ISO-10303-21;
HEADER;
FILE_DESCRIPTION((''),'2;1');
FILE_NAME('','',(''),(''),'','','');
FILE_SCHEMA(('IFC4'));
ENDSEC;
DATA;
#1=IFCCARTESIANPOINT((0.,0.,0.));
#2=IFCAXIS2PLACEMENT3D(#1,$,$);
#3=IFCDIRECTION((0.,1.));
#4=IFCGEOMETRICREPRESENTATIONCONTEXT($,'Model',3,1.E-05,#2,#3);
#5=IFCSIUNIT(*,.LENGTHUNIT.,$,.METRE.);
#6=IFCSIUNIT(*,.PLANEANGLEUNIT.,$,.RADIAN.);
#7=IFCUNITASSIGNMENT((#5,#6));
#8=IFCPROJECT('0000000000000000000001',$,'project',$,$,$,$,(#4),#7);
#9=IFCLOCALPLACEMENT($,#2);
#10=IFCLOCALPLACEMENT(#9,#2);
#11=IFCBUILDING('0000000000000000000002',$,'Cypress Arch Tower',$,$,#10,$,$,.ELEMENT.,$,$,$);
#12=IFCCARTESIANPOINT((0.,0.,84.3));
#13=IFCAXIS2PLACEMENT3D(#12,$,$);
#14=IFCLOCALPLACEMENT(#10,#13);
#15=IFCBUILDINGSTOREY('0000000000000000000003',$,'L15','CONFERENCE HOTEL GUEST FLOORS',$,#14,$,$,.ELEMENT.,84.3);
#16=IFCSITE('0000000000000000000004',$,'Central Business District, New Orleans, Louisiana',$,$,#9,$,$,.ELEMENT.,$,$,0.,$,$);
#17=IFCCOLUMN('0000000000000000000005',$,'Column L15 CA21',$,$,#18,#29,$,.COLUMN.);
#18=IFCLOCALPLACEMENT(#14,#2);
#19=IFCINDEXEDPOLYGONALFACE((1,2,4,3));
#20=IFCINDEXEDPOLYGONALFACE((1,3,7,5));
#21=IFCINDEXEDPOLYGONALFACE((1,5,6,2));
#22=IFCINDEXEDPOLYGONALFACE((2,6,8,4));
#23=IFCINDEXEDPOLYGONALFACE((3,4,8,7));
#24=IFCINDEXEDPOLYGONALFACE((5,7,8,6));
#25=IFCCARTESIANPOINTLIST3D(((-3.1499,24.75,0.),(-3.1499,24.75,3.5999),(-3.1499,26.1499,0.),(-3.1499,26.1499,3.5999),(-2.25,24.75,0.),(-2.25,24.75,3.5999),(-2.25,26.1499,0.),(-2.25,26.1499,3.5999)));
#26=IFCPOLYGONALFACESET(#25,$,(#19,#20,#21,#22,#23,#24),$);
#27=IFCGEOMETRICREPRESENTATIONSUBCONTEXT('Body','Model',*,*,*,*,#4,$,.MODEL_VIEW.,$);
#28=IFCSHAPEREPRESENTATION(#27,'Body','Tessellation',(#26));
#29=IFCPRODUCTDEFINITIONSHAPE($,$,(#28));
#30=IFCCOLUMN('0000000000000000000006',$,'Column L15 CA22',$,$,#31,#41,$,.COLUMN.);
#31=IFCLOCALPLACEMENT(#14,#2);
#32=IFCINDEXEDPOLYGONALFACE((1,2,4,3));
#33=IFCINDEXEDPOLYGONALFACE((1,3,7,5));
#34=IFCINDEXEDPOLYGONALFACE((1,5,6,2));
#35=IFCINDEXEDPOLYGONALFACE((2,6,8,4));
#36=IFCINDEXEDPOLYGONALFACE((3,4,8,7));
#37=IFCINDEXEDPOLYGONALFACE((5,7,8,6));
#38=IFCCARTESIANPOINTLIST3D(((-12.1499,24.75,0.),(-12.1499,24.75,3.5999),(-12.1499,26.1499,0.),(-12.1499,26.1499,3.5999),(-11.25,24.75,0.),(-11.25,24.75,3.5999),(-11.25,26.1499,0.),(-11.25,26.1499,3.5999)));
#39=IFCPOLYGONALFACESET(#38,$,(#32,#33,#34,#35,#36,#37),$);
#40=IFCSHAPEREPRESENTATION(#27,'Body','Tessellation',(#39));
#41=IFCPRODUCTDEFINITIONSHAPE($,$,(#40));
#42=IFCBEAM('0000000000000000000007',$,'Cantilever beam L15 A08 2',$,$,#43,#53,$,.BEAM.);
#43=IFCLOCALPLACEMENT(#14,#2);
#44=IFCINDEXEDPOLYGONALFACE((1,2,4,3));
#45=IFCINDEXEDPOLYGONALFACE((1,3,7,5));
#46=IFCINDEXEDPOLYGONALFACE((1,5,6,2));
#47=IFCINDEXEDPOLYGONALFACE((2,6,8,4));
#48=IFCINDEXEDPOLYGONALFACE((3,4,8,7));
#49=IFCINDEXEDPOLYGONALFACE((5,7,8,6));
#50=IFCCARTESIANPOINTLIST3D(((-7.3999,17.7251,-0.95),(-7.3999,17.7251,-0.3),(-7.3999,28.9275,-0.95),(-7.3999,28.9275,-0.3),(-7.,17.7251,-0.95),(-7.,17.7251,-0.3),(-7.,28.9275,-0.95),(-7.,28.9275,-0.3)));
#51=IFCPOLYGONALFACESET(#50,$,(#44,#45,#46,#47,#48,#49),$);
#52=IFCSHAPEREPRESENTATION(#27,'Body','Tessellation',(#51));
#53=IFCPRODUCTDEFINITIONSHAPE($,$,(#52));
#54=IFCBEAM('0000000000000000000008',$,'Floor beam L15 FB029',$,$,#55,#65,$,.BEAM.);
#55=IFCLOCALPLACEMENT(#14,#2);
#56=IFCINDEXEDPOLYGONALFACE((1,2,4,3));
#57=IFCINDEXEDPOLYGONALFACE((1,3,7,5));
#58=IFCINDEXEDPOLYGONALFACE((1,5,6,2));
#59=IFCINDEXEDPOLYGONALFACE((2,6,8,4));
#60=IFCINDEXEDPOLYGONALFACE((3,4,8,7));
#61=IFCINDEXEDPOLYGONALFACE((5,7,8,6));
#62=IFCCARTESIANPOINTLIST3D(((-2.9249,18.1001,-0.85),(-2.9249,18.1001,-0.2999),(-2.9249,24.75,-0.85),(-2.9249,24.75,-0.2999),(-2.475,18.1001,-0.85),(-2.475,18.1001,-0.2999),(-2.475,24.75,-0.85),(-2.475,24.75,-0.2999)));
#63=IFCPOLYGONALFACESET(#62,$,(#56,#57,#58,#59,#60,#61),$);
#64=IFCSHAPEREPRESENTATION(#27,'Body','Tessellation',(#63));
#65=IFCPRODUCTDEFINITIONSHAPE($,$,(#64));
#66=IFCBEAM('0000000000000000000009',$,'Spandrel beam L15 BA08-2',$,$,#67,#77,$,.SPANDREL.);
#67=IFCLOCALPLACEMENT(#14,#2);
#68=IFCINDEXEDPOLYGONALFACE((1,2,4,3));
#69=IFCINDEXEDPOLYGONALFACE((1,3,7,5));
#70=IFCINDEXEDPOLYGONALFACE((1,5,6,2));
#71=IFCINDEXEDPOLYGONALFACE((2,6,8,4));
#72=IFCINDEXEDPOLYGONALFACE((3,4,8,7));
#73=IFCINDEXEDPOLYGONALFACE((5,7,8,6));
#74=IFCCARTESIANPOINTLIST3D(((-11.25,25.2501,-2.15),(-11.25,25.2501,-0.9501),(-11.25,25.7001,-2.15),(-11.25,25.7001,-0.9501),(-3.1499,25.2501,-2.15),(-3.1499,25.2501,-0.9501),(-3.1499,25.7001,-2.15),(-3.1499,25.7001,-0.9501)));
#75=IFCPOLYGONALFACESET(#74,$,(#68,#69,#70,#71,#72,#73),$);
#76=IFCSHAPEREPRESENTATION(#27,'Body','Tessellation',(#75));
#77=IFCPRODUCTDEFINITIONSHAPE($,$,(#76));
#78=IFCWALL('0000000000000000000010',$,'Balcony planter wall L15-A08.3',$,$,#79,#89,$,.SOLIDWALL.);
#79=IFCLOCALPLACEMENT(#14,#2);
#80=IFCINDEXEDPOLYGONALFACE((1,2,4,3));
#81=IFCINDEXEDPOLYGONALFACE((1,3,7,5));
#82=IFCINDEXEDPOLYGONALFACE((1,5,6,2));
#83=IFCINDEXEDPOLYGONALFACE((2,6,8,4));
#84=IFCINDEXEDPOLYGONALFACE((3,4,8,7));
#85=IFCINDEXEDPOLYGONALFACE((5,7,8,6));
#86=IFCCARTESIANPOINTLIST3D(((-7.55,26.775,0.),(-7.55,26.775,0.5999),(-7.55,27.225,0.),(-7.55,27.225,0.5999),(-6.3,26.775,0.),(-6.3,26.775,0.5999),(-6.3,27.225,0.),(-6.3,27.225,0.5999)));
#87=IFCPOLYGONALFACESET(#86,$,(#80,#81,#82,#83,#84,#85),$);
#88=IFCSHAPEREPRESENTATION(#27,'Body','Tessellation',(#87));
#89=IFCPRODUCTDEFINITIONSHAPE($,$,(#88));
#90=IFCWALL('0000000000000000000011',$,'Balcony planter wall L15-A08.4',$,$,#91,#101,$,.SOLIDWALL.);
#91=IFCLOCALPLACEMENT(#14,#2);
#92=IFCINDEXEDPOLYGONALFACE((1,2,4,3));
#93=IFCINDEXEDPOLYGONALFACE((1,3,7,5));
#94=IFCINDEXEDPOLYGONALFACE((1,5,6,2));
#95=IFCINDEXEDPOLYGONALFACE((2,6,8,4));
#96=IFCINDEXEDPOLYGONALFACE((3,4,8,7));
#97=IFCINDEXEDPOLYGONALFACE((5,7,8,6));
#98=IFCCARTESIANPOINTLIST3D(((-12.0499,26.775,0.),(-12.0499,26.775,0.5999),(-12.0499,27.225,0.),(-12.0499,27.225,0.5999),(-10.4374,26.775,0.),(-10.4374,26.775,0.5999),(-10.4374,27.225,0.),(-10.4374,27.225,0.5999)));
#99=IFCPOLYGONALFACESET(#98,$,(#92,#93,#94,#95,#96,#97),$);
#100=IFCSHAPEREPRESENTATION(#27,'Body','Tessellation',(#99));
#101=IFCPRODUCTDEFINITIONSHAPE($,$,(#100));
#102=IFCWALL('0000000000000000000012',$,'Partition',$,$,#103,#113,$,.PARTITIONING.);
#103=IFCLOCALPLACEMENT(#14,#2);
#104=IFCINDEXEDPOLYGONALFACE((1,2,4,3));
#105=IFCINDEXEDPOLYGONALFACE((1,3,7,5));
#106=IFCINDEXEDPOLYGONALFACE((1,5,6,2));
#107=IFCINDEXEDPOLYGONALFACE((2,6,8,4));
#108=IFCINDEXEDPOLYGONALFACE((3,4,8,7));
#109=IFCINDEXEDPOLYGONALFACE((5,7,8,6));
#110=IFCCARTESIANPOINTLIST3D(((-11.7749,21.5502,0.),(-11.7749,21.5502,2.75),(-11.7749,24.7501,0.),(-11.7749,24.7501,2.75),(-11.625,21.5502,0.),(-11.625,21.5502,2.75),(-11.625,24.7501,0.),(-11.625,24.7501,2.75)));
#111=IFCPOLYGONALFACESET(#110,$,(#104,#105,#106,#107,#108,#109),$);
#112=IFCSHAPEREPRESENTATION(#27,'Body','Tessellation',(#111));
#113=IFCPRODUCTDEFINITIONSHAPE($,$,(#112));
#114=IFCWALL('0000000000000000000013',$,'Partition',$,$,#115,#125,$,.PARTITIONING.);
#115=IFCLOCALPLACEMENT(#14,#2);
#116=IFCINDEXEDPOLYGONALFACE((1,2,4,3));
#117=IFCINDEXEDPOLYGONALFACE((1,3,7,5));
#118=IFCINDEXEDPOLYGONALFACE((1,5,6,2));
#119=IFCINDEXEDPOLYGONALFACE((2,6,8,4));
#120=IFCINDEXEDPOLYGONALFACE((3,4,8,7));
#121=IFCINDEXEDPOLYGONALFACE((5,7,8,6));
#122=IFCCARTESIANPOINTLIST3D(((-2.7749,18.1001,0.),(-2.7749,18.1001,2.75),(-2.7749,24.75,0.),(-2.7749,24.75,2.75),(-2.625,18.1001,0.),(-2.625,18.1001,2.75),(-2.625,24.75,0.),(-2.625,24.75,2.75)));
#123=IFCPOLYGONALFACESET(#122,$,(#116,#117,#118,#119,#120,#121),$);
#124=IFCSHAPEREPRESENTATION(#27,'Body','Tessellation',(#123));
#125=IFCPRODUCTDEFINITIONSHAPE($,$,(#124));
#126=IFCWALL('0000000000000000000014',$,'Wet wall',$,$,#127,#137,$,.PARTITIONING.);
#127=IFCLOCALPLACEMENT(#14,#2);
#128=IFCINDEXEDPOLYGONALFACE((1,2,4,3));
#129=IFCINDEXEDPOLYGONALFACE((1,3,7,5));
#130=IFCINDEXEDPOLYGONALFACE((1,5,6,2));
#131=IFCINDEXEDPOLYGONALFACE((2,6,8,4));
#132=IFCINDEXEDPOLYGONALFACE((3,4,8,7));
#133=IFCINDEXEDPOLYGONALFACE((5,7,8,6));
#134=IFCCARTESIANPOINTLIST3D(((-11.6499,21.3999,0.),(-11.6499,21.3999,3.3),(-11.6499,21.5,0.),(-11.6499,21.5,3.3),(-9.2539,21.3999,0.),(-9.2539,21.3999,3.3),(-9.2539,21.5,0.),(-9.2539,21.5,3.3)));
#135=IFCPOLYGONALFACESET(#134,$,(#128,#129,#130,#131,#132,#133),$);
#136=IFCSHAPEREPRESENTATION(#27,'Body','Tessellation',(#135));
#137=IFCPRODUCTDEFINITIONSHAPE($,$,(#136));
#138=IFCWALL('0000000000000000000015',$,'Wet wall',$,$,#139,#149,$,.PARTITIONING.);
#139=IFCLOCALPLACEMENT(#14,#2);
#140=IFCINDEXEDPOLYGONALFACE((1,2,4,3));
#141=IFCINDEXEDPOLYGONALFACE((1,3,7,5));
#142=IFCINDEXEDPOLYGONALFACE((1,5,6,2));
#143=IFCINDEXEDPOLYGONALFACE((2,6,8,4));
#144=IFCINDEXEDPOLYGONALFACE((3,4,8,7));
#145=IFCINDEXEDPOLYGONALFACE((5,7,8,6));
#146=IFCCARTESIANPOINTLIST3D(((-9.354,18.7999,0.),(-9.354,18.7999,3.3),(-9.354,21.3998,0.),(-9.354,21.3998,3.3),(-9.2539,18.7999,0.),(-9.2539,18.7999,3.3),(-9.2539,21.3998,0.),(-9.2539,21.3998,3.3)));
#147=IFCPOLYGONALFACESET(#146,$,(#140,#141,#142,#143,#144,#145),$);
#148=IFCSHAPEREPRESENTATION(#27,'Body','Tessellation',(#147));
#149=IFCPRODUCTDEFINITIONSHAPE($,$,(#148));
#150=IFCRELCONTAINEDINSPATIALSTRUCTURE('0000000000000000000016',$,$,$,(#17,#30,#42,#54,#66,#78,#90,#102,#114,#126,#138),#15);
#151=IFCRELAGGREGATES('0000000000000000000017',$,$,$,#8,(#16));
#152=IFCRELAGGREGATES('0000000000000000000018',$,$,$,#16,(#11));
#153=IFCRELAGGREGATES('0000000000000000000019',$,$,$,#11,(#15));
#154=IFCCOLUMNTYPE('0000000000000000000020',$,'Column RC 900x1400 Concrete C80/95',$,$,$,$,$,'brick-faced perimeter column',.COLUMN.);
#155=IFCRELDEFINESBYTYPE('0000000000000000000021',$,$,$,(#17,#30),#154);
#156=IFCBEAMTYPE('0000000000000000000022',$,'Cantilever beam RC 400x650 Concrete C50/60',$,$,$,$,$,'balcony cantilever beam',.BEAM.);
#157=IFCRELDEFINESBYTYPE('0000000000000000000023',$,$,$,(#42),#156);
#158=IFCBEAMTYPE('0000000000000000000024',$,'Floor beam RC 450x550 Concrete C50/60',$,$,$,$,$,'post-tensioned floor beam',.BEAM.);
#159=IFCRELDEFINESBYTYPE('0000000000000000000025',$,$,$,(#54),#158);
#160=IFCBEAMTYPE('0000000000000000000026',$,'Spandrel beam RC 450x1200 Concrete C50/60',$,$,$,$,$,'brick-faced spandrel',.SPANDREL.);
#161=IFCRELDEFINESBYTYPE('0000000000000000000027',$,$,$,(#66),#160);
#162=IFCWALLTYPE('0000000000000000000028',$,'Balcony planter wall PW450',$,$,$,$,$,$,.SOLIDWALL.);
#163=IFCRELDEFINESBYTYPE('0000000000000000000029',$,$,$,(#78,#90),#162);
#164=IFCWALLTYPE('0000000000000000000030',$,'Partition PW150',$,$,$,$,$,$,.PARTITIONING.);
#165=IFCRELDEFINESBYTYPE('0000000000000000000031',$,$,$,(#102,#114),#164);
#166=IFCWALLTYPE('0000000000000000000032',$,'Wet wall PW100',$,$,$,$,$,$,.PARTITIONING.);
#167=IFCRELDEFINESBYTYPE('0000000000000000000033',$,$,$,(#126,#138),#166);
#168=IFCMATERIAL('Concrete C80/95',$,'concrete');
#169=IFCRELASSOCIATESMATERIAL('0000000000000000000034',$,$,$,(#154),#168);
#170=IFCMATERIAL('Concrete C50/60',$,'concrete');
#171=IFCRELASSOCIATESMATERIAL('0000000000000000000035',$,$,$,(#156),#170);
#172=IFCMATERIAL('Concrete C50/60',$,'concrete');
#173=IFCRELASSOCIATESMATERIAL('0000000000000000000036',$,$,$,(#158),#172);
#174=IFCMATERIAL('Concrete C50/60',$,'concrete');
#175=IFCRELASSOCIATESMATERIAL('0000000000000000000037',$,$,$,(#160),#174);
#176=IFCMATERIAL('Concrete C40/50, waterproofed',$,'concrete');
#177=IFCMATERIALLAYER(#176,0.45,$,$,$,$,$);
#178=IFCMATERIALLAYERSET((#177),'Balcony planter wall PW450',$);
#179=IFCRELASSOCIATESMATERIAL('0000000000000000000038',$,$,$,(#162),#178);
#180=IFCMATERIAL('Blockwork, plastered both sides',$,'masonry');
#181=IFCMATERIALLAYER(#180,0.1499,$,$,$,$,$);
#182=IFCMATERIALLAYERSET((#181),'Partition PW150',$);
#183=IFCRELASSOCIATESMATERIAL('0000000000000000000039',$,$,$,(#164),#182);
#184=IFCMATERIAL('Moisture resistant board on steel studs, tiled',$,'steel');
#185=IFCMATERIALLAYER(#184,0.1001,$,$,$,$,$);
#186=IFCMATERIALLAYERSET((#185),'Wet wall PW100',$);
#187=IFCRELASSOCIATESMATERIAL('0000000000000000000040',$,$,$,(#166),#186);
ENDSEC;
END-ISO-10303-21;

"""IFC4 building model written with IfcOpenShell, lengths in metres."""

from ifc_helpers import new_model, si_unit, direction, frame, frame_2d, origin, origin_2d, place, context, subcontext, project, spatial, rectangle, extrude, material, layer, layer_set, material_profile, profile_set, type_object, element, save


model = new_model("IFC4")

# Units and contexts
model_context = context("Model", 3, precision=1e-05, world=origin(), true_north=direction((0.0, 1.0)))
body_context = subcontext(model_context, "Body", "Model", "MODEL_VIEW")
ifc_project = project(units=[si_unit("LENGTHUNIT", "METRE"), si_unit("PLANEANGLEUNIT", "RADIAN")], contexts=[model_context])

# Site, building, storey
site_placement = place(None, origin())
site = spatial("IfcSite", under=ifc_project, at=site_placement, Name="Central Business District, New Orleans, Louisiana", CompositionType="ELEMENT", RefElevation=0.0)
building_placement = place(site_placement, origin())
building = spatial("IfcBuilding", under=site, at=building_placement, Name="Cypress Arch Tower", CompositionType="ELEMENT")
storey_placement = place(building_placement, frame((0.0, 0.0, 84.3)))
storey = spatial("IfcBuildingStorey", under=building, at=storey_placement, Name="L15", Description="CONFERENCE HOTEL GUEST FLOORS", CompositionType="ELEMENT", Elevation=84.3)

# Columns
ifc_material_1 = material(Name="Concrete C80/95", Category="concrete")
ifc_material_profile_1 = material_profile(ifc_material_1, rectangle(XDim=0.8999, YDim=1.3999, at=origin_2d()), Name="RC 900x1400")
ifc_profile_set_1 = profile_set([ifc_material_profile_1], Name="Concrete C80/95")
column_type = type_object("IfcColumnType", Name="Column RC 900x1400 Concrete C80/95", ElementType="brick-faced perimeter column", PredefinedType="COLUMN", material=ifc_profile_set_1)
for number, where, z_axis, x_axis, name in (
    (1, (-2.7, 25.45, 0.0), (0.0, 0.0, 1.0), (-1.0, 0.0, 0.0), "Column L15 CA21"),
    (2, (-11.7, 25.45, 0.0), (0.0, 0.0, 1.0), (-1.0, 0.0, 0.0), "Column L15 CA22"),
):
    element("IfcColumn", number, at=place(storey_placement, frame(where, z_axis=z_axis, x_axis=x_axis)), inside=storey, type_object=column_type, Name=name, PredefinedType="COLUMN", context=body_context, shape_type="SweptSolid", body=[
        extrude(rectangle(XDim=0.8999, YDim=1.3999, at=origin_2d()), origin(), (0.0, 0.0, 1.0), 3.5999),
    ])

# Beams
ifc_material_2 = material(Name="Concrete C50/60", Category="concrete")
ifc_material_profile_2 = material_profile(ifc_material_2, rectangle(XDim=0.3999, YDim=0.6499, at=origin_2d()), Name="RC 400x650")
ifc_profile_set_2 = profile_set([ifc_material_profile_2], Name="Concrete C50/60")
beam_type_1 = type_object("IfcBeamType", Name="Cantilever beam RC 400x650 Concrete C50/60", ElementType="balcony cantilever beam", PredefinedType="BEAM", material=ifc_profile_set_2)
beam_1_placement = place(storey_placement, frame((-7.2, 17.7251, -0.625), z_axis=(0.0, 1.0, 0.0), x_axis=(-1.0, 0.0, 0.0)))
element("IfcBeam", 3, at=beam_1_placement, inside=storey, type_object=beam_type_1, Name="Cantilever beam L15 A08 2", PredefinedType="BEAM", context=body_context, shape_type="SweptSolid", body=[
    extrude(rectangle(XDim=0.3999, YDim=0.6499, at=origin_2d()), origin(), (0.0, 0.0, 1.0), 11.2024),
])
ifc_material_3 = material(Name="Concrete C50/60", Category="concrete")
ifc_material_profile_3 = material_profile(ifc_material_3, rectangle(XDim=0.45, YDim=0.55, at=origin_2d()), Name="RC 450x550")
ifc_profile_set_3 = profile_set([ifc_material_profile_3], Name="Concrete C50/60")
beam_type_2 = type_object("IfcBeamType", Name="Floor beam RC 450x550 Concrete C50/60", ElementType="post-tensioned floor beam", PredefinedType="BEAM", material=ifc_profile_set_3)
beam_2_placement = place(storey_placement, frame((-2.7, 18.1001, -0.575), z_axis=(0.0, 1.0, 0.0), x_axis=(-1.0, 0.0, 0.0)))
element("IfcBeam", 4, at=beam_2_placement, inside=storey, type_object=beam_type_2, Name="Floor beam L15 FB029", PredefinedType="BEAM", context=body_context, shape_type="SweptSolid", body=[
    extrude(rectangle(XDim=0.45, YDim=0.55, at=origin_2d()), origin(), (0.0, 0.0, 1.0), 6.6499),
])
ifc_material_4 = material(Name="Concrete C50/60", Category="concrete")
ifc_material_profile_4 = material_profile(ifc_material_4, rectangle(XDim=0.45, YDim=1.2, at=origin_2d()), Name="RC 450x1200")
ifc_profile_set_4 = profile_set([ifc_material_profile_4], Name="Concrete C50/60")
beam_type_3 = type_object("IfcBeamType", Name="Spandrel beam RC 450x1200 Concrete C50/60", ElementType="brick-faced spandrel", PredefinedType="SPANDREL", material=ifc_profile_set_4)
beam_3_placement = place(storey_placement, frame((-3.1499, 25.4751, -1.55), z_axis=(-1.0, 0.0, 0.0), x_axis=(0.0, -1.0, 0.0)))
element("IfcBeam", 5, at=beam_3_placement, inside=storey, type_object=beam_type_3, Name="Spandrel beam L15 BA08-2", PredefinedType="SPANDREL", context=body_context, shape_type="SweptSolid", body=[
    extrude(rectangle(XDim=0.45, YDim=1.2, at=origin_2d()), origin(), (0.0, 0.0, 1.0), 8.1001),
])

# Walls
ifc_material_5 = material(Name="Concrete C40/50, waterproofed", Category="concrete")
ifc_layer_1 = layer(ifc_material_5, 0.45)
ifc_layer_set_1 = layer_set([ifc_layer_1], Name="Balcony planter wall PW450")
wall_type_1 = type_object("IfcWallType", Name="Balcony planter wall PW450", PredefinedType="SOLIDWALL", material=ifc_layer_set_1)
wall_1_placement = place(storey_placement, frame((-6.3, 27.0, 0.0), z_axis=(0.0, 0.0, 1.0), x_axis=(-1.0, 0.0, 0.0)))
element("IfcWall", 6, at=wall_1_placement, inside=storey, type_object=wall_type_1, Name="Balcony planter wall L15-A08.3", PredefinedType="SOLIDWALL", context=body_context, shape_type="SweptSolid", body=[
    extrude(rectangle(XDim=1.25, YDim=0.45, at=frame_2d((0.625, 0.0))), origin(), (0.0, 0.0, 1.0), 0.5999),
])
wall_2_placement = place(storey_placement, frame((-10.4375, 27.0, 0.0), z_axis=(0.0, 0.0, 1.0), x_axis=(-1.0, 0.0, 0.0)))
element("IfcWall", 7, at=wall_2_placement, inside=storey, type_object=wall_type_1, Name="Balcony planter wall L15-A08.4", PredefinedType="SOLIDWALL", context=body_context, shape_type="SweptSolid", body=[
    extrude(rectangle(XDim=1.6125, YDim=0.45, at=frame_2d((0.8062, 0.0))), origin(), (0.0, 0.0, 1.0), 0.5999),
])

# Walls
ifc_material_6 = material(Name="Blockwork, plastered both sides", Category="masonry")
ifc_layer_2 = layer(ifc_material_6, 0.1499)
ifc_layer_set_2 = layer_set([ifc_layer_2], Name="Partition PW150")
wall_type_2 = type_object("IfcWallType", Name="Partition PW150", PredefinedType="PARTITIONING", material=ifc_layer_set_2)
wall_3_placement = place(storey_placement, frame((-11.7, 21.55, 0.0), z_axis=(0.0, 0.0, 1.0), x_axis=(0.0, 1.0, 0.0)))
element("IfcWall", 8, at=wall_3_placement, inside=storey, type_object=wall_type_2, Name="Partition", PredefinedType="PARTITIONING", context=body_context, shape_type="SweptSolid", body=[
    extrude(rectangle(XDim=3.2, YDim=0.1499, at=frame_2d((1.6001, 0.0))), origin(), (0.0, 0.0, 1.0), 2.75),
])
wall_4_placement = place(storey_placement, frame((-2.7, 18.1001, 0.0), z_axis=(0.0, 0.0, 1.0), x_axis=(0.0, 1.0, 0.0)))
element("IfcWall", 9, at=wall_4_placement, inside=storey, type_object=wall_type_2, Name="Partition", PredefinedType="PARTITIONING", context=body_context, shape_type="SweptSolid", body=[
    extrude(rectangle(XDim=6.6499, YDim=0.1499, at=frame_2d((3.325, 0.0))), origin(), (0.0, 0.0, 1.0), 2.75),
])
ifc_material_7 = material(Name="Moisture resistant board on steel studs, tiled", Category="steel")
ifc_layer_3 = layer(ifc_material_7, 0.1001)
ifc_layer_set_3 = layer_set([ifc_layer_3], Name="Wet wall PW100")
wall_type_3 = type_object("IfcWallType", Name="Wet wall PW100", PredefinedType="PARTITIONING", material=ifc_layer_set_3)
wall_5_placement = place(storey_placement, frame((-11.6499, 21.45, 0.0), z_axis=(0.0, 0.0, 1.0), x_axis=(1.0, 0.0, 0.0)))
element("IfcWall", 10, at=wall_5_placement, inside=storey, type_object=wall_type_3, Name="Wet wall", PredefinedType="PARTITIONING", context=body_context, shape_type="SweptSolid", body=[
    extrude(rectangle(XDim=2.396, YDim=0.1001, at=frame_2d((1.198, 0.0))), origin(), (0.0, 0.0, 1.0), 3.3),
])
wall_6_placement = place(storey_placement, frame((-9.304, 18.8, 0.0), z_axis=(0.0, 0.0, 1.0), x_axis=(0.0, 1.0, 0.0)))
element("IfcWall", 11, at=wall_6_placement, inside=storey, type_object=wall_type_3, Name="Wet wall", PredefinedType="PARTITIONING", context=body_context, shape_type="SweptSolid", body=[
    extrude(rectangle(XDim=2.5999, YDim=0.1001, at=frame_2d((1.2998, 0.0))), origin(), (0.0, 0.0, 1.0), 3.3),
])

save(model, "model.ifc")
